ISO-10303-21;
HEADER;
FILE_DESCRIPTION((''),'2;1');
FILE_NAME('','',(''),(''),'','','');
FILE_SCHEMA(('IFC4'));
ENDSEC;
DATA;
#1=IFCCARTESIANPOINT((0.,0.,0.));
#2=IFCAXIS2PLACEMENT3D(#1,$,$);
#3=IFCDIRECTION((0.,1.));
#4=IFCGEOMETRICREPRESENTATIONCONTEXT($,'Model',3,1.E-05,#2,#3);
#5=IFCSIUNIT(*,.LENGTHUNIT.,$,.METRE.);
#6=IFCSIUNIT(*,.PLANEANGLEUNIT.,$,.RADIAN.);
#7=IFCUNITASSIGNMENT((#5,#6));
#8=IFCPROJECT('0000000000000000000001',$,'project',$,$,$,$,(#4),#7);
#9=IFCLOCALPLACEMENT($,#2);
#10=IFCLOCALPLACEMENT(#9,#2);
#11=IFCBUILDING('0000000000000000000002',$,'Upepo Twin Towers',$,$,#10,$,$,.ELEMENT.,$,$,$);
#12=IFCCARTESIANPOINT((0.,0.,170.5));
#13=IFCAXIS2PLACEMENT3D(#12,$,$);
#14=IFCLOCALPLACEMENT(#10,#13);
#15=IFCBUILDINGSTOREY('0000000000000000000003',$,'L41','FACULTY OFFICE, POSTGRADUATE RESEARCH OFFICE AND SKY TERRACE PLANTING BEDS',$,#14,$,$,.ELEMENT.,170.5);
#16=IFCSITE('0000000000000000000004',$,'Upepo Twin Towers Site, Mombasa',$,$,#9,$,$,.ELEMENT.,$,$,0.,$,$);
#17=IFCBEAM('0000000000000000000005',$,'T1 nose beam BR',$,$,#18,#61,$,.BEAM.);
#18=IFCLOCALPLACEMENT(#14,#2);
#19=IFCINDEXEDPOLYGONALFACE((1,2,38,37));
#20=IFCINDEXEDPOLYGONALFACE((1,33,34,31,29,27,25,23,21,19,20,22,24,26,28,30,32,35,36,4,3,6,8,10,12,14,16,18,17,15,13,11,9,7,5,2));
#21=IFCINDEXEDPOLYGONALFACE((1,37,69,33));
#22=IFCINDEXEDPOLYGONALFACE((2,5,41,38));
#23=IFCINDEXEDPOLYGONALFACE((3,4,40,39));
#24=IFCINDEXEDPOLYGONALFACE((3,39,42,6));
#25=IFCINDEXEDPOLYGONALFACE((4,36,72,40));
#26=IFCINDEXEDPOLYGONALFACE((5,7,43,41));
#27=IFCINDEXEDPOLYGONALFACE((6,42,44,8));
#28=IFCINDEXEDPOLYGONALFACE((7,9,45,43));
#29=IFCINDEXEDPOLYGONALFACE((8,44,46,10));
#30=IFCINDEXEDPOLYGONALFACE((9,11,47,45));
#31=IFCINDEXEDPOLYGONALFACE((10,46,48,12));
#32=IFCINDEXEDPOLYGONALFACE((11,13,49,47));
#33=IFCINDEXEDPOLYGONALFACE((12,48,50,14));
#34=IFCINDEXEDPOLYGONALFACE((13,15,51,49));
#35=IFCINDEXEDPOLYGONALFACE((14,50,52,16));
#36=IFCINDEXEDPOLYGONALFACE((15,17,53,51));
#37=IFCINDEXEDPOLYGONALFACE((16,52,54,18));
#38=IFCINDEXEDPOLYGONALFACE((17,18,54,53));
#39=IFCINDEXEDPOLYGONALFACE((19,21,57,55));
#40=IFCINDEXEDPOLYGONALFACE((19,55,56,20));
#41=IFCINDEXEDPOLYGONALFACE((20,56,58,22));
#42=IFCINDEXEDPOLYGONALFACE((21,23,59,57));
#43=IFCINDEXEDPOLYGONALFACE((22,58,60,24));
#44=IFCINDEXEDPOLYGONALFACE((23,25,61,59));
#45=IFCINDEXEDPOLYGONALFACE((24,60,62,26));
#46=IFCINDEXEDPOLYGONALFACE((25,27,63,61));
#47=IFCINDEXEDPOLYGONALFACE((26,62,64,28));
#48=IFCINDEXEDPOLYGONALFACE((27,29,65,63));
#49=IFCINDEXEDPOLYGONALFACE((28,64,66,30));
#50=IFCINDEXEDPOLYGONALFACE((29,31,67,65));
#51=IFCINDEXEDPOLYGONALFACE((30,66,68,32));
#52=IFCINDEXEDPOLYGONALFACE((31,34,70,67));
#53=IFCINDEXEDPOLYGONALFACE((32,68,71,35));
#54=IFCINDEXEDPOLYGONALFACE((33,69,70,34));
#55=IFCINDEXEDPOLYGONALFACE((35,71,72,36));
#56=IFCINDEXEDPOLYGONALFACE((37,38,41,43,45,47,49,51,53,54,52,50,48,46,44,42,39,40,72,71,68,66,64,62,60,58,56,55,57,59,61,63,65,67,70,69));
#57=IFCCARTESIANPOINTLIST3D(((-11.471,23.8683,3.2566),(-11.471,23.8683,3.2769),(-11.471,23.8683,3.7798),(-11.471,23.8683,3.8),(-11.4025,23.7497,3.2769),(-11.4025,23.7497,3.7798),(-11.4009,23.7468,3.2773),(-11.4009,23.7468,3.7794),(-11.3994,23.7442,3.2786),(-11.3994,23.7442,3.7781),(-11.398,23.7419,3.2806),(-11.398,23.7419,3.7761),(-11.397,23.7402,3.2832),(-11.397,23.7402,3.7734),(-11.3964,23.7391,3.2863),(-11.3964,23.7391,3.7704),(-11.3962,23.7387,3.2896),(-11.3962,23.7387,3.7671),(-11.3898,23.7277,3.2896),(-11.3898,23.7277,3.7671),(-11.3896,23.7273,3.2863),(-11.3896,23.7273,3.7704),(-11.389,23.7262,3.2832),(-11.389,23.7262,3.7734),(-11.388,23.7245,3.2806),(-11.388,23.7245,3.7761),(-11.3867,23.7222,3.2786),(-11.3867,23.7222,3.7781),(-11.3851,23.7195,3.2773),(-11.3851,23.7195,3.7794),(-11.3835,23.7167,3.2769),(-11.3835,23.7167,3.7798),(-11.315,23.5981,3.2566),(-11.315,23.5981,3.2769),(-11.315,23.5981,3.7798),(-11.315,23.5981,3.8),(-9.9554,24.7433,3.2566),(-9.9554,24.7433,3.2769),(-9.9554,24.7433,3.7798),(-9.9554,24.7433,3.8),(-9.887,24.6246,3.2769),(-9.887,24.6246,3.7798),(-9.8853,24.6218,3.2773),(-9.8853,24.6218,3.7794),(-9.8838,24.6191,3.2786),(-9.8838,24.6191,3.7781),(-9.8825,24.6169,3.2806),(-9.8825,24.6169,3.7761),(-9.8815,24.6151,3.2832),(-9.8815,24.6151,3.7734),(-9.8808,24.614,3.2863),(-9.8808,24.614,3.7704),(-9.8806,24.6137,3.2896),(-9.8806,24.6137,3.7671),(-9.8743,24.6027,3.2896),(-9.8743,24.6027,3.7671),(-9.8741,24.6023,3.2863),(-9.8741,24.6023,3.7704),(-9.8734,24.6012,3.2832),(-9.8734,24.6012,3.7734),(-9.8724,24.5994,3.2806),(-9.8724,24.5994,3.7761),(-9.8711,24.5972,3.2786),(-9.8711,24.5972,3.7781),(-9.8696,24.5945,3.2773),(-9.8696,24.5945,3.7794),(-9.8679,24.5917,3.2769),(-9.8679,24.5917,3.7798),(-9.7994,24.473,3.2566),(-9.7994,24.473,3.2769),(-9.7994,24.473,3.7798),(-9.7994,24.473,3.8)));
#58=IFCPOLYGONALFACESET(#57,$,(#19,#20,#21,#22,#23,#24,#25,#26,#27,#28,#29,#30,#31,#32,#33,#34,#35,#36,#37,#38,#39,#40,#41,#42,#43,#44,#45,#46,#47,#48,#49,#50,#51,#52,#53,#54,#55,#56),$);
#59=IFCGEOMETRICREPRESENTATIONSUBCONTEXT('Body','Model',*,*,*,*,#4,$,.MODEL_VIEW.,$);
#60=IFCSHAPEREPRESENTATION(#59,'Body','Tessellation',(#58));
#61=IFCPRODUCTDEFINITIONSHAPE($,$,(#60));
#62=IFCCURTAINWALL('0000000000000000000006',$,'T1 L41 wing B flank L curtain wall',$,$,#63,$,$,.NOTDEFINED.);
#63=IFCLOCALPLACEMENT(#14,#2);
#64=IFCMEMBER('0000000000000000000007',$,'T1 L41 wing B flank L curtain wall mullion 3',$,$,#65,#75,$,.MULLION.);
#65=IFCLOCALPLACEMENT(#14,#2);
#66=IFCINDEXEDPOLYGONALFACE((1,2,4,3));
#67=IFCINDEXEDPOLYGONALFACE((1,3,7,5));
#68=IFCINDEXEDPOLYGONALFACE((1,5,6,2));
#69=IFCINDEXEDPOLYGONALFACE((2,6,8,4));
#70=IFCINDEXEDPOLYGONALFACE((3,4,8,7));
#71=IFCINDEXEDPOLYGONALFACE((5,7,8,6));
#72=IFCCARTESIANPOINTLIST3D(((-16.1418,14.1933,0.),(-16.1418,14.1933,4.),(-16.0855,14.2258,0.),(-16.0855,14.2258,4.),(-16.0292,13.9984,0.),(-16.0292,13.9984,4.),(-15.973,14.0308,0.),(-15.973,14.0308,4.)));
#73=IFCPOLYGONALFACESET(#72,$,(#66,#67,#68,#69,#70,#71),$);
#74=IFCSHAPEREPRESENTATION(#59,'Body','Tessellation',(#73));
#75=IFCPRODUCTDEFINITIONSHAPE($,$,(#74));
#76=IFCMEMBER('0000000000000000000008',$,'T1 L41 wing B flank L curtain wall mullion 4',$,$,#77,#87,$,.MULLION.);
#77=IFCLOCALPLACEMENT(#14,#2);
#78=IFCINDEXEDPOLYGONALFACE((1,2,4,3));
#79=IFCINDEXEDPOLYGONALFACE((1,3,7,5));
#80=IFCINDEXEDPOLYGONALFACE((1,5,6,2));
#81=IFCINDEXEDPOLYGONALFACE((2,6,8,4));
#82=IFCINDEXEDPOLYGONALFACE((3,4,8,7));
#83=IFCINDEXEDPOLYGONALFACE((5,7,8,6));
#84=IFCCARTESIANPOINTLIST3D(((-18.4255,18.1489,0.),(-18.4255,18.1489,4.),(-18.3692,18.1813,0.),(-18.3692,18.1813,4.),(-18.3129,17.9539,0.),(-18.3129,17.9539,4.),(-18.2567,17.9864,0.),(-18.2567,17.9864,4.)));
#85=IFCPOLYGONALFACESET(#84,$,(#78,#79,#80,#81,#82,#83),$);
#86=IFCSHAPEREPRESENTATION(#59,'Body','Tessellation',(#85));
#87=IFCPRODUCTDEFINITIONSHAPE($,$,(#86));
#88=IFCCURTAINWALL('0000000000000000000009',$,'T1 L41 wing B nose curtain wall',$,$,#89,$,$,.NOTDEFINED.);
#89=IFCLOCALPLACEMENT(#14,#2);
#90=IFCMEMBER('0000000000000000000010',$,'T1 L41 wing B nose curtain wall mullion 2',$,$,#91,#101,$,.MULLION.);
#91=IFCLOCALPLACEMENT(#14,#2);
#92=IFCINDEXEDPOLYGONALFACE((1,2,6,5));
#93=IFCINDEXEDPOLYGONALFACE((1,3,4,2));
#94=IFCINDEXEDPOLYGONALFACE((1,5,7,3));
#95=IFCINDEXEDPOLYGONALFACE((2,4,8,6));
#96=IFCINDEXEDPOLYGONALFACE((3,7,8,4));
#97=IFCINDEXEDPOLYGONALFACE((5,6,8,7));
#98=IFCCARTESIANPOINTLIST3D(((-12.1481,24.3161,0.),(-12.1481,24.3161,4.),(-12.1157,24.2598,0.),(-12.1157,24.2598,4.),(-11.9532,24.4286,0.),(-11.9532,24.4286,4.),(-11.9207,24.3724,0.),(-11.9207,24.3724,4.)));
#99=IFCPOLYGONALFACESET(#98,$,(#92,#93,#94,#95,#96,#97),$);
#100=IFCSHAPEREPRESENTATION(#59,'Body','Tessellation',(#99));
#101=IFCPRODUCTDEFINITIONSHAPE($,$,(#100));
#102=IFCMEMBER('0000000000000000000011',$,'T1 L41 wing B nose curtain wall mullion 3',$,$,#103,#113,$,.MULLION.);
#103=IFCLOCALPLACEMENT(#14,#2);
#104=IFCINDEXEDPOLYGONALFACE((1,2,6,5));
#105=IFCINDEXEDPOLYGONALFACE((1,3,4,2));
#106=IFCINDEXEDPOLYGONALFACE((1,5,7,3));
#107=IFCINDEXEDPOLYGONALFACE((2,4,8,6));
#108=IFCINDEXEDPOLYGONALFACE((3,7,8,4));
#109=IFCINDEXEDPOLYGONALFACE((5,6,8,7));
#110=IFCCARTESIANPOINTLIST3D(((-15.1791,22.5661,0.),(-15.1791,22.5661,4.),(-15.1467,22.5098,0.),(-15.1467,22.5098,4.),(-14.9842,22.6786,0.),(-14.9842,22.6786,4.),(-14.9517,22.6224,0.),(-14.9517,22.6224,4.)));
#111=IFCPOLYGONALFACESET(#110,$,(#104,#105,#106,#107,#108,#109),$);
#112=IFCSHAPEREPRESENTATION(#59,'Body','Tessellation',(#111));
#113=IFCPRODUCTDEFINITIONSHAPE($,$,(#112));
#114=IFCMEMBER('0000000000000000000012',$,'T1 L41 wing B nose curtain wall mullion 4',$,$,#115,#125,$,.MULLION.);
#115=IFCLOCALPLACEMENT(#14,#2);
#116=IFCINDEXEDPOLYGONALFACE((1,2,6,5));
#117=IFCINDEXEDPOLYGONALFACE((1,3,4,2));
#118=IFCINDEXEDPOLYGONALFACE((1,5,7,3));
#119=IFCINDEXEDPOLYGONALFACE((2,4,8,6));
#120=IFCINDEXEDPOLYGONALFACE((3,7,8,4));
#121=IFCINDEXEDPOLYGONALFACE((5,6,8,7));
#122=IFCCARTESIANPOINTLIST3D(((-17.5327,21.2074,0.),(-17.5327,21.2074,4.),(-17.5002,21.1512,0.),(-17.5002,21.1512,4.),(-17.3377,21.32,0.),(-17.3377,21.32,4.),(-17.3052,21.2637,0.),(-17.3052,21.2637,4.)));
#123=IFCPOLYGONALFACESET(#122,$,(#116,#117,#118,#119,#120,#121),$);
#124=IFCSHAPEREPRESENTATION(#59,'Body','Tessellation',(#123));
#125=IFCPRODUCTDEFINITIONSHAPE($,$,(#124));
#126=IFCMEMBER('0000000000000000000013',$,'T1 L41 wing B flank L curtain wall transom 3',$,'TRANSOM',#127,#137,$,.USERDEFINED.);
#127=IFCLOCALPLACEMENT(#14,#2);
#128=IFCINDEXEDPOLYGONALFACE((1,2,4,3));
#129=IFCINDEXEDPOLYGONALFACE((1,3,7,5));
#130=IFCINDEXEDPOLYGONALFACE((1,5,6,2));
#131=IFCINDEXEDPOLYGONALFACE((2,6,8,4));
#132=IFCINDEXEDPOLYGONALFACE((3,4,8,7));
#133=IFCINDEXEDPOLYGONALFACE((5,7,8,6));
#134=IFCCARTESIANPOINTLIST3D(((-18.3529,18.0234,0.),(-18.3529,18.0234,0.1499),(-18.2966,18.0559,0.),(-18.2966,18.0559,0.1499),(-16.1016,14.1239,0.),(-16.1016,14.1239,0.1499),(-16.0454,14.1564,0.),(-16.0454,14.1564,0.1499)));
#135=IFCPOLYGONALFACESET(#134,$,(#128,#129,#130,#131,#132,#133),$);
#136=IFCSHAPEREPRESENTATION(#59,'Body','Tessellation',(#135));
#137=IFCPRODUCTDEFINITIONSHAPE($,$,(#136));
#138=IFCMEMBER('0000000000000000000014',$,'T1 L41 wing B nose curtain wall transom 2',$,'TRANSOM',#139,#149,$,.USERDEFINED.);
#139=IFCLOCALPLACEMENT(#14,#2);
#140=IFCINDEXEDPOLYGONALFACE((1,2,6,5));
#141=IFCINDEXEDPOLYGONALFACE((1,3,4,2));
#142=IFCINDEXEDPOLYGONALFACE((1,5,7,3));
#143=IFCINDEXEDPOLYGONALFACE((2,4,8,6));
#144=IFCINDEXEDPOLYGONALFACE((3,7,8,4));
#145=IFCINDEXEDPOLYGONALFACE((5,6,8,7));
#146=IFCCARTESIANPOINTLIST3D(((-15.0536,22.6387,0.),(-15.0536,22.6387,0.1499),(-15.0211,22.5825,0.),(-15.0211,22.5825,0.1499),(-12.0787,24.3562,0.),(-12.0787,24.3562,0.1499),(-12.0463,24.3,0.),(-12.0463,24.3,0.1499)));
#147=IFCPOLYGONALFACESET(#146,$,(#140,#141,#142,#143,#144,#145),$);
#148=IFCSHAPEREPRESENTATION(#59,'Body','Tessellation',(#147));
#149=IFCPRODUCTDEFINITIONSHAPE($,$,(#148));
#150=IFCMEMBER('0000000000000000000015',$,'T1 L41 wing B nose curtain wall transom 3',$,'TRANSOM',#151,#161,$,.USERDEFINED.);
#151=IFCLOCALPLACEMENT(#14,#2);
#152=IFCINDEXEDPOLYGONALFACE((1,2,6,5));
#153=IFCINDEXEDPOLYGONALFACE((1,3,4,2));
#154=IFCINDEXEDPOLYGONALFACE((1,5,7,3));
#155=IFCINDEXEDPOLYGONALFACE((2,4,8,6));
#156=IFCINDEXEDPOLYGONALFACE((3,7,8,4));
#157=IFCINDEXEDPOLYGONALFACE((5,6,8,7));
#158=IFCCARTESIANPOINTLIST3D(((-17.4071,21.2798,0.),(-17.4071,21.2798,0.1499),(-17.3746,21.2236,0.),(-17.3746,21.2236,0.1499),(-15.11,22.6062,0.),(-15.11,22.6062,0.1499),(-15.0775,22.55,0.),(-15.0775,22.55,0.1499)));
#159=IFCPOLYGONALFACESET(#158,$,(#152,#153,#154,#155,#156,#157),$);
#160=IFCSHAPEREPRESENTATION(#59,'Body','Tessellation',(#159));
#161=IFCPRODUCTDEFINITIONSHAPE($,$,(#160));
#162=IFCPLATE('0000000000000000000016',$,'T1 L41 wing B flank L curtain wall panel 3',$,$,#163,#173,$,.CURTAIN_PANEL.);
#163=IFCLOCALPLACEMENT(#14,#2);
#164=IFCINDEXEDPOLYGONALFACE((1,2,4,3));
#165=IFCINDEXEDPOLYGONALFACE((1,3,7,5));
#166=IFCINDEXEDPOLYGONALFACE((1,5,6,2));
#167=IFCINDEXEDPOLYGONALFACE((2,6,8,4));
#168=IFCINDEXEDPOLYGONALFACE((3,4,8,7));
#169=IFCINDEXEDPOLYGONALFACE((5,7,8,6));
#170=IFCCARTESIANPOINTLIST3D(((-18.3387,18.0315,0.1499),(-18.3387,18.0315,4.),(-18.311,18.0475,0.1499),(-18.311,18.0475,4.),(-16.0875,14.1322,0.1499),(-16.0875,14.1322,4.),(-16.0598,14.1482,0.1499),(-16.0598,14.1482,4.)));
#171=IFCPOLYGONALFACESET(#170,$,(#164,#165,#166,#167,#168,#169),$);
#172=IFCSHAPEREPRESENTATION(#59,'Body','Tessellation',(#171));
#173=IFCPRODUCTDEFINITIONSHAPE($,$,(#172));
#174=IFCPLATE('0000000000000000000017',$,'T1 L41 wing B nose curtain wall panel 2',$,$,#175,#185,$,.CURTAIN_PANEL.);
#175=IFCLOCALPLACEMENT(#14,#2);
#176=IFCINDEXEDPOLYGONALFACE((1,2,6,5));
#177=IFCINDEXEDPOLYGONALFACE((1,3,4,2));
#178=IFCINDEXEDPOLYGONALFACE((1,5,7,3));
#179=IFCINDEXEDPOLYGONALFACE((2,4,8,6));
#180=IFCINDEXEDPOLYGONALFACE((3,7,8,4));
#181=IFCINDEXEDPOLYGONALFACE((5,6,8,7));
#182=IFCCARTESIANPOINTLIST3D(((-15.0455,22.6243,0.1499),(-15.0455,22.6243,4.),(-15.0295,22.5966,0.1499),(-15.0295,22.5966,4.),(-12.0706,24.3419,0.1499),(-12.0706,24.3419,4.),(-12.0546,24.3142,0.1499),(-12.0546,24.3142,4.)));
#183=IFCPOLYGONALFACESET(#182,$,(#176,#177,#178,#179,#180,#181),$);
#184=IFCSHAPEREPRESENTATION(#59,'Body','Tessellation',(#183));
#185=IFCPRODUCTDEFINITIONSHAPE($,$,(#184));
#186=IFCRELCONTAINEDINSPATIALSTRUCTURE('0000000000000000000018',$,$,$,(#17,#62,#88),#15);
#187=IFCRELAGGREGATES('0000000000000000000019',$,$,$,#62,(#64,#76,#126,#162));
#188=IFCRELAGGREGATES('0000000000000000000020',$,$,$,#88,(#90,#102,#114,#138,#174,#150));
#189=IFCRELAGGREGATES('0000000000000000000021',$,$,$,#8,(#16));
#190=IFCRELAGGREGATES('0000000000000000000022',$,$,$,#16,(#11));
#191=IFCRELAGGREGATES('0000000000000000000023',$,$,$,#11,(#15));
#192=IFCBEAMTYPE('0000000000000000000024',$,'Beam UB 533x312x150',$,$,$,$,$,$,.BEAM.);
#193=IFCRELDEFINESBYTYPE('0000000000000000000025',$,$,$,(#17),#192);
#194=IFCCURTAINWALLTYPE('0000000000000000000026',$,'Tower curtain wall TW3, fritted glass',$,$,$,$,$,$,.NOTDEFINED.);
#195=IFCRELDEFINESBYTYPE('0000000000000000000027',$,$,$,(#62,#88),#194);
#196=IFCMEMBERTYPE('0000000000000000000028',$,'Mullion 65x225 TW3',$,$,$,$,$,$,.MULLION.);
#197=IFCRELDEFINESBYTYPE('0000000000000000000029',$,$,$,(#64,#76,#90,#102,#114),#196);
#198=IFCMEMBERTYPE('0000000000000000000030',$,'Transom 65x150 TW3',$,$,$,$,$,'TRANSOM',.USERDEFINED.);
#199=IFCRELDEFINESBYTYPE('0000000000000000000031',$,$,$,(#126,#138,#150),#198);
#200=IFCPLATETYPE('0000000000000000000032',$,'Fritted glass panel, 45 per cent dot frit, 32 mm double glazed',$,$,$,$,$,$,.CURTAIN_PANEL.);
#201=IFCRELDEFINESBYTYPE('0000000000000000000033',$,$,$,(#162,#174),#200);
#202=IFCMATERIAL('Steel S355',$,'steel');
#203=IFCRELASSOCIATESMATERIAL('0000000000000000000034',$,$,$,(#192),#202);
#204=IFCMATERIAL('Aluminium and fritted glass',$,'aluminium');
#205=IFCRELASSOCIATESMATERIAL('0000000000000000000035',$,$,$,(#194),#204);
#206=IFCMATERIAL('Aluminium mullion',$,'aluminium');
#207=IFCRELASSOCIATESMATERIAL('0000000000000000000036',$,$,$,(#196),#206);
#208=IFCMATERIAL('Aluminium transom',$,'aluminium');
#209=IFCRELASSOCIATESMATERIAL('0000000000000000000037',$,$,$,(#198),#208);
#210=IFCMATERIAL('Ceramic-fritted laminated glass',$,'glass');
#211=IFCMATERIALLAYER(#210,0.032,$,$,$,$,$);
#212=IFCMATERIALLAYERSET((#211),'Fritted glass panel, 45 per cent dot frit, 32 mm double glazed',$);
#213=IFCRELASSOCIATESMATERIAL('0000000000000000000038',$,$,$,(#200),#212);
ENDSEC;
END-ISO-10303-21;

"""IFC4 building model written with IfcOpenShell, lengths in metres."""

from ifc_helpers import new_model, si_unit, direction, frame, origin, origin_2d, place, context, subcontext, project, spatial, rectangle, i_section, extrude, material, layer, layer_set, material_profile, profile_set, type_object, element, aggregate, save


model = new_model("IFC4")

# Units and contexts
model_context = context("Model", 3, precision=1e-05, world=origin(), true_north=direction((0.0, 1.0)))
body_context = subcontext(model_context, "Body", "Model", "MODEL_VIEW")
ifc_project = project(units=[si_unit("LENGTHUNIT", "METRE"), si_unit("PLANEANGLEUNIT", "RADIAN")], contexts=[model_context])

# Site, building, storey
site_placement = place(None, origin())
site = spatial("IfcSite", under=ifc_project, at=site_placement, Name="Upepo Twin Towers Site, Mombasa", CompositionType="ELEMENT", RefElevation=0.0)
building_placement = place(site_placement, origin())
building = spatial("IfcBuilding", under=site, at=building_placement, Name="Upepo Twin Towers", CompositionType="ELEMENT")
storey_placement = place(building_placement, frame((0.0, 0.0, 170.5)))
storey = spatial("IfcBuildingStorey", under=building, at=storey_placement, Name="L41", Description="FACULTY OFFICE, POSTGRADUATE RESEARCH OFFICE AND SKY TERRACE PLANTING BEDS", CompositionType="ELEMENT", Elevation=170.5)

# Beam
ifc_material_1 = material(Name="Steel S355", Category="steel")
ifc_material_profile_1 = material_profile(ifc_material_1, i_section(OverallWidth=0.312, OverallDepth=0.5435, WebThickness=0.0127, FlangeThickness=0.0203, FilletRadius=0.0127, at=origin_2d()), Name="UB 533x312x150")
ifc_profile_set_1 = profile_set([ifc_material_profile_1], Name="Steel S355")
beam_type_1 = type_object("IfcBeamType", Name="Beam UB 533x312x150", PredefinedType="BEAM", material=ifc_profile_set_1)
for number, where, z_axis, x_axis, name in (
    (1, (-9.8774, 24.6082, 3.5283), (-0.866037, -0.49998, 0.0), (0.49998, -0.866037, 0.0), "T1 nose beam BR"),
):
    element("IfcBeam", number, at=place(storey_placement, frame(where, z_axis=z_axis, x_axis=x_axis)), inside=storey, type_object=beam_type_1, Name=name, PredefinedType="BEAM", context=body_context, shape_type="SweptSolid", body=[
        extrude(i_section(OverallWidth=0.312, OverallDepth=0.5435, WebThickness=0.0127, FlangeThickness=0.0203, FilletRadius=0.0127, at=origin_2d()), origin(), (0.0, 0.0, 1.0), 1.75),
    ])

# Curtain walls, members
ifc_material_2 = material(Name="Aluminium and fritted glass", Category="aluminium")
curtain_wall_type = type_object("IfcCurtainWallType", Name="Tower curtain wall TW3, fritted glass", PredefinedType="NOTDEFINED", material=ifc_material_2)
curtain_wall_1_placement = place(storey_placement, origin())
curtain_wall_1 = element("IfcCurtainWall", 2, at=curtain_wall_1_placement, inside=storey, type_object=curtain_wall_type, Name="T1 L41 wing B flank L curtain wall", PredefinedType="NOTDEFINED")
ifc_material_3 = material(Name="Aluminium mullion", Category="aluminium")
ifc_material_profile_2 = material_profile(ifc_material_3, rectangle(XDim=0.0649, YDim=0.2251, at=origin_2d()), Name="MULLION 65x225")
ifc_profile_set_2 = profile_set([ifc_material_profile_2], Name="Aluminium mullion")
member_type_1 = type_object("IfcMemberType", Name="Mullion 65x225 TW3", PredefinedType="MULLION", material=ifc_profile_set_2)
member_1_placement = place(storey_placement, frame((-16.0574, 14.1121, 0.0), z_axis=(0.0, 0.0, 1.0), x_axis=(-0.866025, -0.5, 0.0)))
member_1 = element("IfcMember", 3, at=member_1_placement, type_object=member_type_1, Name="T1 L41 wing B flank L curtain wall mullion 3", PredefinedType="MULLION", context=body_context, shape_type="SweptSolid", body=[
    extrude(rectangle(XDim=0.0649, YDim=0.2251, at=origin_2d()), origin(), (0.0, 0.0, 1.0), 4.0),
])
member_2_placement = place(storey_placement, frame((-18.3411, 18.0676, 0.0), z_axis=(0.0, 0.0, 1.0), x_axis=(-0.866025, -0.5, 0.0)))
member_2 = element("IfcMember", 4, at=member_2_placement, type_object=member_type_1, Name="T1 L41 wing B flank L curtain wall mullion 4", PredefinedType="MULLION", context=body_context, shape_type="SweptSolid", body=[
    extrude(rectangle(XDim=0.0649, YDim=0.2251, at=origin_2d()), origin(), (0.0, 0.0, 1.0), 4.0),
])
curtain_wall_2_placement = place(storey_placement, origin())
curtain_wall_2 = element("IfcCurtainWall", 5, at=curtain_wall_2_placement, inside=storey, type_object=curtain_wall_type, Name="T1 L41 wing B nose curtain wall", PredefinedType="NOTDEFINED")
member_3_placement = place(storey_placement, frame((-12.0344, 24.3442, 0.0), z_axis=(0.0, 0.0, 1.0), x_axis=(0.5, -0.866025, 0.0)))
member_3 = element("IfcMember", 6, at=member_3_placement, type_object=member_type_1, Name="T1 L41 wing B nose curtain wall mullion 2", PredefinedType="MULLION", context=body_context, shape_type="SweptSolid", body=[
    extrude(rectangle(XDim=0.0649, YDim=0.2251, at=origin_2d()), origin(), (0.0, 0.0, 1.0), 4.0),
])
member_4_placement = place(storey_placement, frame((-15.0654, 22.5942, 0.0), z_axis=(0.0, 0.0, 1.0), x_axis=(0.5, -0.866025, 0.0)))
member_4 = element("IfcMember", 7, at=member_4_placement, type_object=member_type_1, Name="T1 L41 wing B nose curtain wall mullion 3", PredefinedType="MULLION", context=body_context, shape_type="SweptSolid", body=[
    extrude(rectangle(XDim=0.0649, YDim=0.2251, at=origin_2d()), origin(), (0.0, 0.0, 1.0), 4.0),
])
member_5_placement = place(storey_placement, frame((-17.4189, 21.2356, 0.0), z_axis=(0.0, 0.0, 1.0), x_axis=(0.5, -0.866025, 0.0)))
member_5 = element("IfcMember", 8, at=member_5_placement, type_object=member_type_1, Name="T1 L41 wing B nose curtain wall mullion 4", PredefinedType="MULLION", context=body_context, shape_type="SweptSolid", body=[
    extrude(rectangle(XDim=0.0649, YDim=0.2251, at=origin_2d()), origin(), (0.0, 0.0, 1.0), 4.0),
])

# Members
ifc_material_4 = material(Name="Aluminium transom", Category="aluminium")
ifc_material_profile_3 = material_profile(ifc_material_4, rectangle(XDim=0.0649, YDim=0.1499, at=origin_2d()), Name="TRANSOM 65x150")
ifc_profile_set_3 = profile_set([ifc_material_profile_3], Name="Aluminium transom")
member_type_2 = type_object("IfcMemberType", Name="Transom 65x150 TW3", ElementType="TRANSOM", PredefinedType="USERDEFINED", material=ifc_profile_set_3)
member_6_placement = place(storey_placement, frame((-16.0735, 14.1401, 0.075), z_axis=(-0.499982, 0.866036, 0.0), x_axis=(-0.866036, -0.499982, 0.0)))
member_6 = element("IfcMember", 9, at=member_6_placement, type_object=member_type_2, Name="T1 L41 wing B flank L curtain wall transom 3", ObjectType="TRANSOM", PredefinedType="USERDEFINED", context=body_context, shape_type="SweptSolid", body=[
    extrude(rectangle(XDim=0.0649, YDim=0.1499, at=origin_2d()), origin(), (0.0, 0.0, 1.0), 4.5027),
])
member_7_placement = place(storey_placement, frame((-12.0625, 24.3281, 0.075), z_axis=(-0.866026, -0.499999, 0.0), x_axis=(0.499999, -0.866026, 0.0)))
member_7 = element("IfcMember", 10, at=member_7_placement, type_object=member_type_2, Name="T1 L41 wing B nose curtain wall transom 2", ObjectType="TRANSOM", PredefinedType="USERDEFINED", context=body_context, shape_type="SweptSolid", body=[
    extrude(rectangle(XDim=0.0649, YDim=0.1499, at=origin_2d()), origin(), (0.0, 0.0, 1.0), 3.4351),
])
member_8_placement = place(storey_placement, frame((-15.0938, 22.5781, 0.075), z_axis=(-0.865997, -0.500049, 0.0), x_axis=(0.500049, -0.865997, 0.0)))
member_8 = element("IfcMember", 11, at=member_8_placement, type_object=member_type_2, Name="T1 L41 wing B nose curtain wall transom 3", ObjectType="TRANSOM", PredefinedType="USERDEFINED", context=body_context, shape_type="SweptSolid", body=[
    extrude(rectangle(XDim=0.0649, YDim=0.1499, at=origin_2d()), origin(), (0.0, 0.0, 1.0), 2.6526),
])

# Plates
ifc_material_5 = material(Name="Ceramic-fritted laminated glass", Category="glass")
ifc_layer_1 = layer(ifc_material_5, 0.032)
ifc_layer_set_1 = layer_set([ifc_layer_1], Name="Fritted glass panel, 45 per cent dot frit, 32 mm double glazed")
plate_type_1 = type_object("IfcPlateType", Name="Fritted glass panel, 45 per cent dot frit, 32 mm double glazed", PredefinedType="CURTAIN_PANEL", material=ifc_layer_set_1)
plate_1_placement = place(storey_placement, frame((-17.1992, 16.0898, 0.1499), z_axis=(0.0, 0.0, 1.0), x_axis=(-0.5, 0.866025, 0.0)))
plate_1 = element("IfcPlate", 12, at=plate_1_placement, type_object=plate_type_1, Name="T1 L41 wing B flank L curtain wall panel 3", PredefinedType="CURTAIN_PANEL", context=body_context, shape_type="SweptSolid", body=[
    extrude(rectangle(XDim=4.5024, YDim=0.032, at=origin_2d()), origin(), (0.0, 0.0, 1.0), 3.8501),
])
aggregate(curtain_wall_1, [member_1, member_2, member_6, plate_1])
plate_2_placement = place(storey_placement, frame((-13.55, 23.4692, 0.1499), z_axis=(0.0, 0.0, 1.0), x_axis=(-0.866025, -0.5, 0.0)))
plate_2 = element("IfcPlate", 13, at=plate_2_placement, type_object=plate_type_1, Name="T1 L41 wing B nose curtain wall panel 2", PredefinedType="CURTAIN_PANEL", context=body_context, shape_type="SweptSolid", body=[
    extrude(rectangle(XDim=3.4351, YDim=0.032, at=origin_2d()), origin(), (0.0, 0.0, 1.0), 3.8501),
])
aggregate(curtain_wall_2, [member_3, member_4, member_5, member_7, plate_2, member_8])

save(model, "model.ifc")
